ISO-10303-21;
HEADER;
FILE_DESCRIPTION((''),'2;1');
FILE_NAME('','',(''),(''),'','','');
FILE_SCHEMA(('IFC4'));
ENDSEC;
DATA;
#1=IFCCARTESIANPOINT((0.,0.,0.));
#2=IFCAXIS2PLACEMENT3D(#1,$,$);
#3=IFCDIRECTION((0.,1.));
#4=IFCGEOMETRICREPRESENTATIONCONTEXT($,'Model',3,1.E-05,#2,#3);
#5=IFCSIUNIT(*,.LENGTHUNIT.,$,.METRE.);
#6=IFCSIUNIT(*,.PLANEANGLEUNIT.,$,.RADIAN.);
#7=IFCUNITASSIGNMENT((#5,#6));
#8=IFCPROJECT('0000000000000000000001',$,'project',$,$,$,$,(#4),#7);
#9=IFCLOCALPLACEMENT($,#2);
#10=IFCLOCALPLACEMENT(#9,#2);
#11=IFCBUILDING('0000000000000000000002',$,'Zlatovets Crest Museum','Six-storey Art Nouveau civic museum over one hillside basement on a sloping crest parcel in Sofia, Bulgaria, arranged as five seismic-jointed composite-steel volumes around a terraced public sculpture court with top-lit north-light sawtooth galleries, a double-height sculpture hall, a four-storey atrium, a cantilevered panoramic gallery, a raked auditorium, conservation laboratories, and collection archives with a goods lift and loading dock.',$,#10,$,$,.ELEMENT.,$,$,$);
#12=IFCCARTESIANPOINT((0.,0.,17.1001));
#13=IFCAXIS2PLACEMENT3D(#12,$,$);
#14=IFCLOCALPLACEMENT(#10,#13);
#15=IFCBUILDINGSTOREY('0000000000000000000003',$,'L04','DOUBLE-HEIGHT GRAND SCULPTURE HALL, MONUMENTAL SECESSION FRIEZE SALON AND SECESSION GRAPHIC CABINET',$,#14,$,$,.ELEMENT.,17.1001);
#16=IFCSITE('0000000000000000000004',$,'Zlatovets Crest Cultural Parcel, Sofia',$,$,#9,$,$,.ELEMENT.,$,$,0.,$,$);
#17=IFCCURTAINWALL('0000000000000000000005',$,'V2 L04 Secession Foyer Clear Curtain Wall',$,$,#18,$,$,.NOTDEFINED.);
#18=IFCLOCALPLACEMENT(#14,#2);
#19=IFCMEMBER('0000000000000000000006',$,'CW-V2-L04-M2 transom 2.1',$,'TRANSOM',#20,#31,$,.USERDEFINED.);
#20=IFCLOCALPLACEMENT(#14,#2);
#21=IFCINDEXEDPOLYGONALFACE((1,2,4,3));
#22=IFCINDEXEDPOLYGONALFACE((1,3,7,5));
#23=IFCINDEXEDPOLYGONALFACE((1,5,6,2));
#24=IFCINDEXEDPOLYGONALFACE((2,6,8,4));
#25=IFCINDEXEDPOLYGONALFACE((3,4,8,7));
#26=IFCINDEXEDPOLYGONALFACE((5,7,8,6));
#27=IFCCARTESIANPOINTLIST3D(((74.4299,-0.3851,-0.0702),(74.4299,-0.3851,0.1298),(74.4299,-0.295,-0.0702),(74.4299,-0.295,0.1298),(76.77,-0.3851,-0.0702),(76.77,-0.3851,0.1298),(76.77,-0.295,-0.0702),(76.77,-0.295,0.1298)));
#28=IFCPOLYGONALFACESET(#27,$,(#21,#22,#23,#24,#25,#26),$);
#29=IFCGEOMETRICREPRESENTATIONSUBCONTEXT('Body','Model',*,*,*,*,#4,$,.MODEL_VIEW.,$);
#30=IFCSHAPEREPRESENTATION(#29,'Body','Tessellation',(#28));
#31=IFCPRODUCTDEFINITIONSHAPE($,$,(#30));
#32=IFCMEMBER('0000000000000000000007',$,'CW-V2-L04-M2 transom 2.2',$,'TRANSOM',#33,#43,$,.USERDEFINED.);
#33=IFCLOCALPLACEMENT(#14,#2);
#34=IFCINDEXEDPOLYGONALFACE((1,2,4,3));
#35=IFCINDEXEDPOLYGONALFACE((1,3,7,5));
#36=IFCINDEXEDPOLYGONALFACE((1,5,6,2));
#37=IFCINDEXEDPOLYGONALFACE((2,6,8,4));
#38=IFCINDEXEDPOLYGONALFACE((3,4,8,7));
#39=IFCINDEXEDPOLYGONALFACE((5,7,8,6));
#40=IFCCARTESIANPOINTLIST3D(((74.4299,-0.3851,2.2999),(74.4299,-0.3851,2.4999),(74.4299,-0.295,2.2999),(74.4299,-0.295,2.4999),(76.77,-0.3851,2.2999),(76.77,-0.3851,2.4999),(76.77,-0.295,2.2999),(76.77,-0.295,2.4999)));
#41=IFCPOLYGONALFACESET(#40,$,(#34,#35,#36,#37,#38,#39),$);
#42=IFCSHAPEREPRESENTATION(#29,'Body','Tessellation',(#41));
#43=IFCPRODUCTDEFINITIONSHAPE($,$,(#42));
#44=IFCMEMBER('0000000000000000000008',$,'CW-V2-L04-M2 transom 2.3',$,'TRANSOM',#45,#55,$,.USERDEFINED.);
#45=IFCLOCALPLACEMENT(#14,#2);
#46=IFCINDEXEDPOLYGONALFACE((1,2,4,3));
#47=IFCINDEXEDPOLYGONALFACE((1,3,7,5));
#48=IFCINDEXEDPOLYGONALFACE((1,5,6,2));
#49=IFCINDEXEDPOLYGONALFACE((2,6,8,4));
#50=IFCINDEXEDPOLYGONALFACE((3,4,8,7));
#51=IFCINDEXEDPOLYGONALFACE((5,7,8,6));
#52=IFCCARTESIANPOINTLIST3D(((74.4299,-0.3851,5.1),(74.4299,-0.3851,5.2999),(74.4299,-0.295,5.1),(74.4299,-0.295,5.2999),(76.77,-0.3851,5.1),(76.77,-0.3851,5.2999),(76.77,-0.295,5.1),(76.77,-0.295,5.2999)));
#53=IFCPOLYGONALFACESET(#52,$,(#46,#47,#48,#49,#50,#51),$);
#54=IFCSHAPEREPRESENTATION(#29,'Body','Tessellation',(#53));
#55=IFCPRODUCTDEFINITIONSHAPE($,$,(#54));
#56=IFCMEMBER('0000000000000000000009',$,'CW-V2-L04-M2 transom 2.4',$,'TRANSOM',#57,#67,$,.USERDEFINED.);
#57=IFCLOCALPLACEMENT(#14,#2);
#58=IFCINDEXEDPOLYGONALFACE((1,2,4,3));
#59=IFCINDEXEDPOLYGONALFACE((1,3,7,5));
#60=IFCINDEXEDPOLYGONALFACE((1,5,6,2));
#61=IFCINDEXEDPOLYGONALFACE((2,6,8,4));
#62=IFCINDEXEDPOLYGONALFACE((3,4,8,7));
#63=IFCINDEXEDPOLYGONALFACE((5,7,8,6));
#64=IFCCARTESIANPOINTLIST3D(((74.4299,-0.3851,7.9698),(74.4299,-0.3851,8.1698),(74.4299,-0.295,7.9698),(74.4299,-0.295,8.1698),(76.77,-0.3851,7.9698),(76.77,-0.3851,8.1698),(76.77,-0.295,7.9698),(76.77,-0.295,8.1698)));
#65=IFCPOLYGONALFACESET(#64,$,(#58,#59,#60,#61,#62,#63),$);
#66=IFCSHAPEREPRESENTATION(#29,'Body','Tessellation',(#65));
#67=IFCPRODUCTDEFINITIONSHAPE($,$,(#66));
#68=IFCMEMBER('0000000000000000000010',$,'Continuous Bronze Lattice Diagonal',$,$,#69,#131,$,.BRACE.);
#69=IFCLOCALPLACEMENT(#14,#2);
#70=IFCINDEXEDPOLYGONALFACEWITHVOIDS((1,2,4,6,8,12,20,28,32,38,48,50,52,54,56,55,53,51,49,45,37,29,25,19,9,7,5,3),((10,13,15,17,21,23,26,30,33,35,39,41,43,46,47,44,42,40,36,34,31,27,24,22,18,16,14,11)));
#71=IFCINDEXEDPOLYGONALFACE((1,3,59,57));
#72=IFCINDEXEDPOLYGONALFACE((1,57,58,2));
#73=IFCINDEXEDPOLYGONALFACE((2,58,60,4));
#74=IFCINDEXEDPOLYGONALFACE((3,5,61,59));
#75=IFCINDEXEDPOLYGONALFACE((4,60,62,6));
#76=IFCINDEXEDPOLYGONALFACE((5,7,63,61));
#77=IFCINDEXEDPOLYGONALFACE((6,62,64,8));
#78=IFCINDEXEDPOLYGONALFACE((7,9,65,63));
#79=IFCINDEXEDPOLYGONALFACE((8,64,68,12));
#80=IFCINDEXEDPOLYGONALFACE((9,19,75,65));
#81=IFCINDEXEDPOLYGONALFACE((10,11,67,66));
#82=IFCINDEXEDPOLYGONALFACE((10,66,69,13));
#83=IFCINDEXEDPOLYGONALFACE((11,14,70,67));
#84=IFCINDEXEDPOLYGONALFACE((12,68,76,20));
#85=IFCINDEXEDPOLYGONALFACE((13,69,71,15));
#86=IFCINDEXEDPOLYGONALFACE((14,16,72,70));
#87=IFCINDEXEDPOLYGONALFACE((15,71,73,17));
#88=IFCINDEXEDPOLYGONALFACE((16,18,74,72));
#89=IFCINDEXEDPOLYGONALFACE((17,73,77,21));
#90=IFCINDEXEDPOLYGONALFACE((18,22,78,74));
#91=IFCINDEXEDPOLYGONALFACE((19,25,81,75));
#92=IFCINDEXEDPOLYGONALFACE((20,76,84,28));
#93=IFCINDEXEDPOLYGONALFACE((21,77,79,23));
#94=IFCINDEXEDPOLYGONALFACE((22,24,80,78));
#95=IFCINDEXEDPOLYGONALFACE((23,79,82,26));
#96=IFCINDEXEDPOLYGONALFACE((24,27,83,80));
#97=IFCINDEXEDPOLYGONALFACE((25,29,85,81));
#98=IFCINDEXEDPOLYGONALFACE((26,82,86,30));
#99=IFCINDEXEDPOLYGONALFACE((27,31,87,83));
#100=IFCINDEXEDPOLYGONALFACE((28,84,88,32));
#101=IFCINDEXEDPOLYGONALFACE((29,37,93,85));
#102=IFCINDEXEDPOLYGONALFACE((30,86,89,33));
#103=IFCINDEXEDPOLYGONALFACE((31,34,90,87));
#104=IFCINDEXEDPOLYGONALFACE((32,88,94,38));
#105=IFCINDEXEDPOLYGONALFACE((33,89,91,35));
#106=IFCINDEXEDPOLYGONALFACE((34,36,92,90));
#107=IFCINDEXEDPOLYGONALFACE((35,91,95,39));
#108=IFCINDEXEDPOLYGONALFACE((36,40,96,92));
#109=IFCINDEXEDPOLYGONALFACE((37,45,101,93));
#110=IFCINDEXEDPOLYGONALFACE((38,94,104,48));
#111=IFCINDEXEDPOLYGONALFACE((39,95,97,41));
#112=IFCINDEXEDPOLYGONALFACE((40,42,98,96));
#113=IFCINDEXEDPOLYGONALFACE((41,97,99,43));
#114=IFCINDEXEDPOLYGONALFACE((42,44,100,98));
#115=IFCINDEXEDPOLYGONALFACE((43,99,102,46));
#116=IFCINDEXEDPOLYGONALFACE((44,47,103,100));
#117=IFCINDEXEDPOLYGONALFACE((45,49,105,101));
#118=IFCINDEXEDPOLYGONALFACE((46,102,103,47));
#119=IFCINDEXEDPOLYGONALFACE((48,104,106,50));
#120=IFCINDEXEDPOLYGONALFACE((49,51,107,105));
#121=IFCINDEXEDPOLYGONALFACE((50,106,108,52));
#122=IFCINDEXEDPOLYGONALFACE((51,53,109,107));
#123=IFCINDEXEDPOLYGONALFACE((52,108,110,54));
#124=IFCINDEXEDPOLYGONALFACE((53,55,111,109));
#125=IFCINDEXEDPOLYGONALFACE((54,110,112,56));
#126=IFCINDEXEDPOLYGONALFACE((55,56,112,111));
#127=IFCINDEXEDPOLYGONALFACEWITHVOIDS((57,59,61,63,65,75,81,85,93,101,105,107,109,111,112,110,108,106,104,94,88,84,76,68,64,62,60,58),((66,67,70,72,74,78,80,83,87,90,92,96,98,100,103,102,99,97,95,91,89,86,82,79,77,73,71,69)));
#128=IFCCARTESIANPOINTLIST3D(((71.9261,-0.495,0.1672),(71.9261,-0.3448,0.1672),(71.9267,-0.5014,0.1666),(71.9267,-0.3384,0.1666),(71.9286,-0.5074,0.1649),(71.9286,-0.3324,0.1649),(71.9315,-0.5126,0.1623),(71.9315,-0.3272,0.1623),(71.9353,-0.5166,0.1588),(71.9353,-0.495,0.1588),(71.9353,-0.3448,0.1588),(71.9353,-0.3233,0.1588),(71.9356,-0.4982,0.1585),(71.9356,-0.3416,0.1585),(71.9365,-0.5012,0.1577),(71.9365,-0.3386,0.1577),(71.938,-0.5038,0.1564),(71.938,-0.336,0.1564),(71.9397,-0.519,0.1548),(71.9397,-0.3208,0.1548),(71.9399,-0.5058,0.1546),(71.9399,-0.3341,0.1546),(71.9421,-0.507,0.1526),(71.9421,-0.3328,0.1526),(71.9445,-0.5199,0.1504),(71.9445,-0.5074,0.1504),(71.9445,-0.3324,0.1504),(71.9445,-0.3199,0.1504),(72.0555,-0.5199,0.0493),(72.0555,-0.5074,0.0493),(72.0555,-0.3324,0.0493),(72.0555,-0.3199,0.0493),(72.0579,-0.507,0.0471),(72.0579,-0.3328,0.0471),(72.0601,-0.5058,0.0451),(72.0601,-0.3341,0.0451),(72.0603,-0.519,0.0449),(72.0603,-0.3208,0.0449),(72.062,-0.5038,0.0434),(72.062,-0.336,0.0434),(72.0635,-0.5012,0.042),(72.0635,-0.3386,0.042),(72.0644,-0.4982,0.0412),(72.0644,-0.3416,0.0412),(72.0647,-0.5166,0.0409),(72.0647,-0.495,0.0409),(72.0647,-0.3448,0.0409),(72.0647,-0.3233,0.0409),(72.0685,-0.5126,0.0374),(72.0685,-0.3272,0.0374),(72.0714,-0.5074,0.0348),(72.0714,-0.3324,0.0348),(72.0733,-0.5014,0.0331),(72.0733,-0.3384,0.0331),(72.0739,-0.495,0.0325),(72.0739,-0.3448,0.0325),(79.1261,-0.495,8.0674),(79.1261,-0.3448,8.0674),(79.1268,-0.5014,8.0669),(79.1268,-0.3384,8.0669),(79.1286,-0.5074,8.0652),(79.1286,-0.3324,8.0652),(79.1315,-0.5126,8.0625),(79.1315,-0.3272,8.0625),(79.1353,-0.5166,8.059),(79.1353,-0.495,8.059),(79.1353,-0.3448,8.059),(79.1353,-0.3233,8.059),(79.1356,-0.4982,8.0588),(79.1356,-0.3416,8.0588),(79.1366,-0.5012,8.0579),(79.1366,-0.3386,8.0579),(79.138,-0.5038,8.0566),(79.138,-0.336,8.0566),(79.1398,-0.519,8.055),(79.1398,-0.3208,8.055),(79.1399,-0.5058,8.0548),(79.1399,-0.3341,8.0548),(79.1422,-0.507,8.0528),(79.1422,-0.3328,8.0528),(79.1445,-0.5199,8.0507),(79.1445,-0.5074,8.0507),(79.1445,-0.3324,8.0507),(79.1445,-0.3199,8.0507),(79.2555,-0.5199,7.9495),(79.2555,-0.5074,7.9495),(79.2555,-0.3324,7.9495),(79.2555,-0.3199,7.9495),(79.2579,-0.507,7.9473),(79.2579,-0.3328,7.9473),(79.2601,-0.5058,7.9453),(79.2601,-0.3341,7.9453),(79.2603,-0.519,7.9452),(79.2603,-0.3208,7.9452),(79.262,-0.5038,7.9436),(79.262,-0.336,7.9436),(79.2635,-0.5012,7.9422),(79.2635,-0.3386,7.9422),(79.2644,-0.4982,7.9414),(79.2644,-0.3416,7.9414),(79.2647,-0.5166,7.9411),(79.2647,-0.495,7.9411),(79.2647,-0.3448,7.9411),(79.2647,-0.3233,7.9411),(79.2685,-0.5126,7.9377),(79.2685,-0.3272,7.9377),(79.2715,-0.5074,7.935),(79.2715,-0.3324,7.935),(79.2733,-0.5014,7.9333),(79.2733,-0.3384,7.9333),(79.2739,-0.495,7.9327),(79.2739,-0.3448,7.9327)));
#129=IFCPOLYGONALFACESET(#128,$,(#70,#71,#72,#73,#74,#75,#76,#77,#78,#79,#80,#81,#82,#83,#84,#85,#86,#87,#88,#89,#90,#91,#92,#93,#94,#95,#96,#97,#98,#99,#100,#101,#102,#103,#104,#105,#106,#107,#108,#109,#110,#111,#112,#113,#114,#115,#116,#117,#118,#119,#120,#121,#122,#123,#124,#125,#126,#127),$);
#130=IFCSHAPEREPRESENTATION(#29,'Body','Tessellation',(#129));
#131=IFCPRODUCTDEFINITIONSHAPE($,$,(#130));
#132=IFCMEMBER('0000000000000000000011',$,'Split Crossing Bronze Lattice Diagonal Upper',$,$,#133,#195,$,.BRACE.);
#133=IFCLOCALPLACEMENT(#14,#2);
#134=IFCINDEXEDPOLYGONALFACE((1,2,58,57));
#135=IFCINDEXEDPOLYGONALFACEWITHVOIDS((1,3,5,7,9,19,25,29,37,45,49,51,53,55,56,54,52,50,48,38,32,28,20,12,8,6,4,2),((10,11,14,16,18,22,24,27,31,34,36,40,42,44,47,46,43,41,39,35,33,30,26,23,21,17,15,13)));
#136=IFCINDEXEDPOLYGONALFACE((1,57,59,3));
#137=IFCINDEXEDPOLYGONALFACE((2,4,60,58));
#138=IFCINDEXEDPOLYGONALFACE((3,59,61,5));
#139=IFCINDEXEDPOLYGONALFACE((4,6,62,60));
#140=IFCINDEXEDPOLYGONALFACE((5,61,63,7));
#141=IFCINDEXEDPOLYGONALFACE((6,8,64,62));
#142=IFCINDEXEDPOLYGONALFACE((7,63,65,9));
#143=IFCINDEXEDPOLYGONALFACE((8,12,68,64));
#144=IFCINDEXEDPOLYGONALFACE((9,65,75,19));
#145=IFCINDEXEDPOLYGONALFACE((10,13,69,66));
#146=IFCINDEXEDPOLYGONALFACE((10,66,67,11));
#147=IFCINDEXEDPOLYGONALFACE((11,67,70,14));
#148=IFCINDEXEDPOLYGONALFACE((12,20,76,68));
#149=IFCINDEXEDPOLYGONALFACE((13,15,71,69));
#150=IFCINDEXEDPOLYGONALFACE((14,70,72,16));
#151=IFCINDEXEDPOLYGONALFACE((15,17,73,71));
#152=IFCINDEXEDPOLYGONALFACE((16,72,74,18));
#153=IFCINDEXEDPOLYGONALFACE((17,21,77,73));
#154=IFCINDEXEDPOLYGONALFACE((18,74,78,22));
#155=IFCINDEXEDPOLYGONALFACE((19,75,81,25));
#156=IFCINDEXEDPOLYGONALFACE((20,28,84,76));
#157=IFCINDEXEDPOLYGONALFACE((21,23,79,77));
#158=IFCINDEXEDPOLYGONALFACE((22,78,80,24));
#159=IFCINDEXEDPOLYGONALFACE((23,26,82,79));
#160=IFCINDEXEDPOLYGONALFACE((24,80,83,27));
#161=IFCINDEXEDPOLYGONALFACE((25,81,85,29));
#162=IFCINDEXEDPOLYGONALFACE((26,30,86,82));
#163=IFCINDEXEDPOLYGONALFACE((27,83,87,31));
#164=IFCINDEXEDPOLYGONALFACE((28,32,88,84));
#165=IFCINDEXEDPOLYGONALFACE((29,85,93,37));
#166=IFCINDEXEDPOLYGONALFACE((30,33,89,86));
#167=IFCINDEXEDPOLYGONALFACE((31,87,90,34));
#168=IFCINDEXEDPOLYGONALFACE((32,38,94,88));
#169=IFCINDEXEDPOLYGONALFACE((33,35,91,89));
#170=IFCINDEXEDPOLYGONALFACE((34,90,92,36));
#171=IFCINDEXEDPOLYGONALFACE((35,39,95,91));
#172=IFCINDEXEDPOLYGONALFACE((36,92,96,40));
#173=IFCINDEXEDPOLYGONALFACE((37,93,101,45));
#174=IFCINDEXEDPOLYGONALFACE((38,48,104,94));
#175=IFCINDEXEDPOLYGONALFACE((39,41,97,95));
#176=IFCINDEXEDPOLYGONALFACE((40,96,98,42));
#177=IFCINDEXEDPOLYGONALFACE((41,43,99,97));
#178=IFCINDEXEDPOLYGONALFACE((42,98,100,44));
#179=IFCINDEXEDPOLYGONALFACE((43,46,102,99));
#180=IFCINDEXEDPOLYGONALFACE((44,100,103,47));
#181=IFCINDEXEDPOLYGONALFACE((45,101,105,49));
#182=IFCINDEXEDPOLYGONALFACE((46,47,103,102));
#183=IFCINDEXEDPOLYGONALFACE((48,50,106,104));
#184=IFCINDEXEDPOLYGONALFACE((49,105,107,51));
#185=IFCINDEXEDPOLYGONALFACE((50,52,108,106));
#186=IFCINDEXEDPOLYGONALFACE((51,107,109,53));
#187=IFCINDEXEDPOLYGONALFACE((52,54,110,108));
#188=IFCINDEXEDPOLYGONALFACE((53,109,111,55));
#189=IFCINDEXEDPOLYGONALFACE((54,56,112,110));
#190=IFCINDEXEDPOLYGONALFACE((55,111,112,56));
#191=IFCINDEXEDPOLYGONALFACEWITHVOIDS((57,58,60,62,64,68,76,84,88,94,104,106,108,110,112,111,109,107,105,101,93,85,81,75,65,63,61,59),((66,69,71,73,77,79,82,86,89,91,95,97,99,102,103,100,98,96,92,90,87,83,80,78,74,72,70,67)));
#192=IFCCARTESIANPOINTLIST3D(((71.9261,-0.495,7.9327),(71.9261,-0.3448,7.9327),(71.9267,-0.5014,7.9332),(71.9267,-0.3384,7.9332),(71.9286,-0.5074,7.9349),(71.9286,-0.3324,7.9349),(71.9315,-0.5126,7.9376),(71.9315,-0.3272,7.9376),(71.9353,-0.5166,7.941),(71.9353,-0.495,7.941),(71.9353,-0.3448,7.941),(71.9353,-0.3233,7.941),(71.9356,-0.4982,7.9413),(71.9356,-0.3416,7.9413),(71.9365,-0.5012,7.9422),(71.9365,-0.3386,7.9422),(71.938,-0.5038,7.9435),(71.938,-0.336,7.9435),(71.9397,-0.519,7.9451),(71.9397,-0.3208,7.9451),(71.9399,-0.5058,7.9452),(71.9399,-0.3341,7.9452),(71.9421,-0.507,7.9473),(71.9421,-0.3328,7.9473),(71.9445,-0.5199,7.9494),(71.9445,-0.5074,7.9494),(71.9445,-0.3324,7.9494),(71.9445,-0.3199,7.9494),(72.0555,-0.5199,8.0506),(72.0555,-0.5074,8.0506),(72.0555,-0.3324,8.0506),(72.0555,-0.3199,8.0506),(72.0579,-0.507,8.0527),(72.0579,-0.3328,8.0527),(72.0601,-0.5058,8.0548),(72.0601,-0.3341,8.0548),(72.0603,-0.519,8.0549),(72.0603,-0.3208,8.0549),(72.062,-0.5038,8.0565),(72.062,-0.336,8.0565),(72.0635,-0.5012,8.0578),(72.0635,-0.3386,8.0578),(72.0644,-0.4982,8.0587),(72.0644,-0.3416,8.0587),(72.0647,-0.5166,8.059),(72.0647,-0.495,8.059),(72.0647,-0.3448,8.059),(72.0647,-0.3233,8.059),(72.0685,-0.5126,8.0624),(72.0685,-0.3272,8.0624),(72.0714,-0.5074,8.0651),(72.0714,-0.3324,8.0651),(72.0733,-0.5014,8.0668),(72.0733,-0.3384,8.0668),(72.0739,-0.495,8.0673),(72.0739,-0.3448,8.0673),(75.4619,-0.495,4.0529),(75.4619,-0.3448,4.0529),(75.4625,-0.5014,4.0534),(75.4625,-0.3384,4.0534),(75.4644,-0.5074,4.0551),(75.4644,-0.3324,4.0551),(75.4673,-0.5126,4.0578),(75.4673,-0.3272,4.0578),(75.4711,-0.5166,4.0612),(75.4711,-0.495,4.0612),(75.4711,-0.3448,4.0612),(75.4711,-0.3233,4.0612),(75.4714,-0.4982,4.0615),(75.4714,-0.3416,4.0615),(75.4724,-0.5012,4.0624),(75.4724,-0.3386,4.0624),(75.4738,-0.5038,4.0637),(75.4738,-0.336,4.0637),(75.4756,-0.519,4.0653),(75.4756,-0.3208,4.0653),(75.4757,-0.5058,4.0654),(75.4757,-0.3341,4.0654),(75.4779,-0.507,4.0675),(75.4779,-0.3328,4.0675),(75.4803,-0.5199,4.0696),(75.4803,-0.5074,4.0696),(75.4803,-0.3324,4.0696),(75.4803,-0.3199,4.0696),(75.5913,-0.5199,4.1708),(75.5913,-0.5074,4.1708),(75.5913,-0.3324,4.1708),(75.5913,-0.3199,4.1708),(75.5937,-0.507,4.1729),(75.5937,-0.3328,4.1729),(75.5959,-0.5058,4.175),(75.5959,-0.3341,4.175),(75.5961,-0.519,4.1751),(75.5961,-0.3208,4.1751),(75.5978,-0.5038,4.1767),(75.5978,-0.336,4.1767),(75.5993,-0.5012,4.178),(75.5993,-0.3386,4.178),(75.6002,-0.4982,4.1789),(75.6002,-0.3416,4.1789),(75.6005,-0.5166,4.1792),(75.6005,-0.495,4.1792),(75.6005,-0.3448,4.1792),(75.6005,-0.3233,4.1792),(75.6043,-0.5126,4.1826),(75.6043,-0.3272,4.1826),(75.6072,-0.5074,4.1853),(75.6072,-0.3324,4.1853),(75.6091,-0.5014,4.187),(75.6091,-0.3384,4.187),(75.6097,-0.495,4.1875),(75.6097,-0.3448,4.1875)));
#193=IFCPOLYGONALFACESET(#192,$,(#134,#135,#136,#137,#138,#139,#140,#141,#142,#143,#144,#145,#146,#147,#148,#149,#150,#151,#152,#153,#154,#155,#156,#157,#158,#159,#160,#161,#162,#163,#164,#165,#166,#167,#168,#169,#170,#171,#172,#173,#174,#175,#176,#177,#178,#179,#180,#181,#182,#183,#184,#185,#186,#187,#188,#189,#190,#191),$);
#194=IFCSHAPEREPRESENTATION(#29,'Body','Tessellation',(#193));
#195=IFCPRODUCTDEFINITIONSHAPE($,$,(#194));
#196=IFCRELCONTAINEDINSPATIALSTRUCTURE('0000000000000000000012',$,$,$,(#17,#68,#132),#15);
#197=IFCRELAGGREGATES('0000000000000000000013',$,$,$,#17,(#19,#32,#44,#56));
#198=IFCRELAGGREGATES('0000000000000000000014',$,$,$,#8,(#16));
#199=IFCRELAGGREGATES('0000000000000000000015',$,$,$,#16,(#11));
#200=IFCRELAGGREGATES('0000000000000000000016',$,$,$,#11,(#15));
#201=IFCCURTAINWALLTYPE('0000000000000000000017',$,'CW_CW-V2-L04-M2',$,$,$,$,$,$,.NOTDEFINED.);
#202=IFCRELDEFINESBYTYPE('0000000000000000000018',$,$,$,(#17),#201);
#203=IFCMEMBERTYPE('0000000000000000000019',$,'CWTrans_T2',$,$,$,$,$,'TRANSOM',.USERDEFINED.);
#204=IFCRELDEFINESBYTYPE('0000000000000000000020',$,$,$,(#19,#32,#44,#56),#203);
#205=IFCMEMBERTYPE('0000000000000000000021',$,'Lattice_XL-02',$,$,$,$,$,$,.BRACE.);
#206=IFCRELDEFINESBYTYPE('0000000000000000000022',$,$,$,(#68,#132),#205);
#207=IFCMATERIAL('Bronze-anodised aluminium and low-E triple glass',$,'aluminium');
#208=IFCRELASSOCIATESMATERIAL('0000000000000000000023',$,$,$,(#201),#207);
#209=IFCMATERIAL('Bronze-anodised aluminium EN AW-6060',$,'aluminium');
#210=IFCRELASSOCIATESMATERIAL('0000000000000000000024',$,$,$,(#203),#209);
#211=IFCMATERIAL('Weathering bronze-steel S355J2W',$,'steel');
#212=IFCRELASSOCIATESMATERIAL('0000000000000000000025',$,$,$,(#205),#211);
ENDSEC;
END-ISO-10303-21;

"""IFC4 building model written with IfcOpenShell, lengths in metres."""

from ifc_helpers import new_model, si_unit, direction, frame, origin, origin_2d, place, context, subcontext, project, spatial, rectangle, hollow_rectangle, extrude, material, material_profile, profile_set, type_object, element, aggregate, save


model = new_model("IFC4")

# Units and contexts
model_context = context("Model", 3, precision=1e-05, world=origin(), true_north=direction((0.0, 1.0)))
body_context = subcontext(model_context, "Body", "Model", "MODEL_VIEW")
ifc_project = project(units=[si_unit("LENGTHUNIT", "METRE"), si_unit("PLANEANGLEUNIT", "RADIAN")], contexts=[model_context])

# Site, building, storey
site_placement = place(None, origin())
site = spatial("IfcSite", under=ifc_project, at=site_placement, Name="Zlatovets Crest Cultural Parcel, Sofia", CompositionType="ELEMENT", RefElevation=0.0)
building_placement = place(site_placement, origin())
building = spatial("IfcBuilding", under=site, at=building_placement, Name="Zlatovets Crest Museum", Description="Six-storey Art Nouveau civic museum over one hillside basement on a sloping crest parcel in Sofia, Bulgaria, arranged as five seismic-jointed composite-steel volumes around a terraced public sculpture court with top-lit north-light sawtooth galleries, a double-height sculpture hall, a four-storey atrium, a cantilevered panoramic gallery, a raked auditorium, conservation laboratories, and collection archives with a goods lift and loading dock.", CompositionType="ELEMENT")
storey_placement = place(building_placement, frame((0.0, 0.0, 17.1001)))
storey = spatial("IfcBuildingStorey", under=building, at=storey_placement, Name="L04", Description="DOUBLE-HEIGHT GRAND SCULPTURE HALL, MONUMENTAL SECESSION FRIEZE SALON AND SECESSION GRAPHIC CABINET", CompositionType="ELEMENT", Elevation=17.1001)

# Shared definitions
ifc_material_1 = material(Name="Bronze-anodised aluminium and low-E triple glass", Category="aluminium")
ifc_material_2 = material(Name="Bronze-anodised aluminium EN AW-6060", Category="aluminium")

# Curtain wall, members
curtain_wall_type_1 = type_object("IfcCurtainWallType", Name="CW_CW-V2-L04-M2", PredefinedType="NOTDEFINED", material=ifc_material_1)
curtain_wall_1_placement = place(storey_placement, origin())
curtain_wall_1 = element("IfcCurtainWall", 1, at=curtain_wall_1_placement, inside=storey, type_object=curtain_wall_type_1, Name="V2 L04 Secession Foyer Clear Curtain Wall", PredefinedType="NOTDEFINED")
ifc_material_profile_1 = material_profile(ifc_material_2, rectangle(XDim=0.0901, YDim=0.2, at=origin_2d()), Name="ALU 90x200")
ifc_profile_set_1 = profile_set([ifc_material_profile_1], Name="Bronze-anodised aluminium EN AW-6060")
member_type_1 = type_object("IfcMemberType", Name="CWTrans_T2", ElementType="TRANSOM", PredefinedType="USERDEFINED", material=ifc_profile_set_1)
member_1_placement = place(storey_placement, frame((74.4299, -0.3401, 0.0298), z_axis=(1.0, 0.0, 0.0), x_axis=(0.0, 1.0, 0.0)))
member_1 = element("IfcMember", 2, at=member_1_placement, type_object=member_type_1, Name="CW-V2-L04-M2 transom 2.1", ObjectType="TRANSOM", PredefinedType="USERDEFINED", context=body_context, shape_type="SweptSolid", body=[
    extrude(rectangle(XDim=0.0901, YDim=0.2, at=origin_2d()), origin(), (0.0, 0.0, 1.0), 2.3401),
])
member_2_placement = place(storey_placement, frame((74.4299, -0.3401, 2.3999), z_axis=(1.0, 0.0, 0.0), x_axis=(0.0, 1.0, 0.0)))
member_2 = element("IfcMember", 3, at=member_2_placement, type_object=member_type_1, Name="CW-V2-L04-M2 transom 2.2", ObjectType="TRANSOM", PredefinedType="USERDEFINED", context=body_context, shape_type="SweptSolid", body=[
    extrude(rectangle(XDim=0.0901, YDim=0.2, at=origin_2d()), origin(), (0.0, 0.0, 1.0), 2.3401),
])
member_3_placement = place(storey_placement, frame((74.4299, -0.3401, 5.2), z_axis=(1.0, 0.0, 0.0), x_axis=(0.0, 1.0, 0.0)))
member_3 = element("IfcMember", 4, at=member_3_placement, type_object=member_type_1, Name="CW-V2-L04-M2 transom 2.3", ObjectType="TRANSOM", PredefinedType="USERDEFINED", context=body_context, shape_type="SweptSolid", body=[
    extrude(rectangle(XDim=0.0901, YDim=0.2, at=origin_2d()), origin(), (0.0, 0.0, 1.0), 2.3401),
])
member_4_placement = place(storey_placement, frame((74.4299, -0.3401, 8.0698), z_axis=(1.0, 0.0, 0.0), x_axis=(0.0, 1.0, 0.0)))
member_4 = element("IfcMember", 5, at=member_4_placement, type_object=member_type_1, Name="CW-V2-L04-M2 transom 2.4", ObjectType="TRANSOM", PredefinedType="USERDEFINED", context=body_context, shape_type="SweptSolid", body=[
    extrude(rectangle(XDim=0.0901, YDim=0.2, at=origin_2d()), origin(), (0.0, 0.0, 1.0), 2.3401),
])

# Members
ifc_material_3 = material(Name="Weathering bronze-steel S355J2W", Category="steel")
ifc_material_profile_2 = material_profile(ifc_material_3, hollow_rectangle(XDim=0.2, YDim=0.2, WallThickness=0.0125, InnerFilletRadius=0.0125, OuterFilletRadius=0.0249, at=origin_2d()), Name="SHS 200x200x12.5")
ifc_profile_set_2 = profile_set([ifc_material_profile_2], Name="Weathering bronze-steel S355J2W")
member_type_2 = type_object("IfcMemberType", Name="Lattice_XL-02", PredefinedType="BRACE", material=ifc_profile_set_2)
member_5_placement = place(storey_placement, frame((72.0, -0.4199, 0.0999), z_axis=(0.673594, 0.0, 0.739101), x_axis=(0.0, 1.0, 0.0)))
element("IfcMember", 6, at=member_5_placement, inside=storey, type_object=member_type_2, Name="Continuous Bronze Lattice Diagonal", PredefinedType="BRACE", context=body_context, shape_type="SweptSolid", body=[
    extrude(hollow_rectangle(XDim=0.2, YDim=0.2, WallThickness=0.0125, InnerFilletRadius=0.0125, OuterFilletRadius=0.0249, at=origin_2d()), origin(), (0.0, 0.0, 1.0), 10.689),
])
member_6_placement = place(storey_placement, frame((72.0, -0.4199, 8.0), z_axis=(0.673582, 0.0, -0.739112), x_axis=(0.0, 1.0, 0.0)))
element("IfcMember", 7, at=member_6_placement, inside=storey, type_object=member_type_2, Name="Split Crossing Bronze Lattice Diagonal Upper", PredefinedType="BRACE", context=body_context, shape_type="SweptSolid", body=[
    extrude(hollow_rectangle(XDim=0.2, YDim=0.2, WallThickness=0.0125, InnerFilletRadius=0.0125, OuterFilletRadius=0.0249, at=origin_2d()), origin(), (0.0, 0.0, 1.0), 5.2493),
])

aggregate(curtain_wall_1, [member_1, member_2, member_3, member_4])

save(model, "model.ifc")
